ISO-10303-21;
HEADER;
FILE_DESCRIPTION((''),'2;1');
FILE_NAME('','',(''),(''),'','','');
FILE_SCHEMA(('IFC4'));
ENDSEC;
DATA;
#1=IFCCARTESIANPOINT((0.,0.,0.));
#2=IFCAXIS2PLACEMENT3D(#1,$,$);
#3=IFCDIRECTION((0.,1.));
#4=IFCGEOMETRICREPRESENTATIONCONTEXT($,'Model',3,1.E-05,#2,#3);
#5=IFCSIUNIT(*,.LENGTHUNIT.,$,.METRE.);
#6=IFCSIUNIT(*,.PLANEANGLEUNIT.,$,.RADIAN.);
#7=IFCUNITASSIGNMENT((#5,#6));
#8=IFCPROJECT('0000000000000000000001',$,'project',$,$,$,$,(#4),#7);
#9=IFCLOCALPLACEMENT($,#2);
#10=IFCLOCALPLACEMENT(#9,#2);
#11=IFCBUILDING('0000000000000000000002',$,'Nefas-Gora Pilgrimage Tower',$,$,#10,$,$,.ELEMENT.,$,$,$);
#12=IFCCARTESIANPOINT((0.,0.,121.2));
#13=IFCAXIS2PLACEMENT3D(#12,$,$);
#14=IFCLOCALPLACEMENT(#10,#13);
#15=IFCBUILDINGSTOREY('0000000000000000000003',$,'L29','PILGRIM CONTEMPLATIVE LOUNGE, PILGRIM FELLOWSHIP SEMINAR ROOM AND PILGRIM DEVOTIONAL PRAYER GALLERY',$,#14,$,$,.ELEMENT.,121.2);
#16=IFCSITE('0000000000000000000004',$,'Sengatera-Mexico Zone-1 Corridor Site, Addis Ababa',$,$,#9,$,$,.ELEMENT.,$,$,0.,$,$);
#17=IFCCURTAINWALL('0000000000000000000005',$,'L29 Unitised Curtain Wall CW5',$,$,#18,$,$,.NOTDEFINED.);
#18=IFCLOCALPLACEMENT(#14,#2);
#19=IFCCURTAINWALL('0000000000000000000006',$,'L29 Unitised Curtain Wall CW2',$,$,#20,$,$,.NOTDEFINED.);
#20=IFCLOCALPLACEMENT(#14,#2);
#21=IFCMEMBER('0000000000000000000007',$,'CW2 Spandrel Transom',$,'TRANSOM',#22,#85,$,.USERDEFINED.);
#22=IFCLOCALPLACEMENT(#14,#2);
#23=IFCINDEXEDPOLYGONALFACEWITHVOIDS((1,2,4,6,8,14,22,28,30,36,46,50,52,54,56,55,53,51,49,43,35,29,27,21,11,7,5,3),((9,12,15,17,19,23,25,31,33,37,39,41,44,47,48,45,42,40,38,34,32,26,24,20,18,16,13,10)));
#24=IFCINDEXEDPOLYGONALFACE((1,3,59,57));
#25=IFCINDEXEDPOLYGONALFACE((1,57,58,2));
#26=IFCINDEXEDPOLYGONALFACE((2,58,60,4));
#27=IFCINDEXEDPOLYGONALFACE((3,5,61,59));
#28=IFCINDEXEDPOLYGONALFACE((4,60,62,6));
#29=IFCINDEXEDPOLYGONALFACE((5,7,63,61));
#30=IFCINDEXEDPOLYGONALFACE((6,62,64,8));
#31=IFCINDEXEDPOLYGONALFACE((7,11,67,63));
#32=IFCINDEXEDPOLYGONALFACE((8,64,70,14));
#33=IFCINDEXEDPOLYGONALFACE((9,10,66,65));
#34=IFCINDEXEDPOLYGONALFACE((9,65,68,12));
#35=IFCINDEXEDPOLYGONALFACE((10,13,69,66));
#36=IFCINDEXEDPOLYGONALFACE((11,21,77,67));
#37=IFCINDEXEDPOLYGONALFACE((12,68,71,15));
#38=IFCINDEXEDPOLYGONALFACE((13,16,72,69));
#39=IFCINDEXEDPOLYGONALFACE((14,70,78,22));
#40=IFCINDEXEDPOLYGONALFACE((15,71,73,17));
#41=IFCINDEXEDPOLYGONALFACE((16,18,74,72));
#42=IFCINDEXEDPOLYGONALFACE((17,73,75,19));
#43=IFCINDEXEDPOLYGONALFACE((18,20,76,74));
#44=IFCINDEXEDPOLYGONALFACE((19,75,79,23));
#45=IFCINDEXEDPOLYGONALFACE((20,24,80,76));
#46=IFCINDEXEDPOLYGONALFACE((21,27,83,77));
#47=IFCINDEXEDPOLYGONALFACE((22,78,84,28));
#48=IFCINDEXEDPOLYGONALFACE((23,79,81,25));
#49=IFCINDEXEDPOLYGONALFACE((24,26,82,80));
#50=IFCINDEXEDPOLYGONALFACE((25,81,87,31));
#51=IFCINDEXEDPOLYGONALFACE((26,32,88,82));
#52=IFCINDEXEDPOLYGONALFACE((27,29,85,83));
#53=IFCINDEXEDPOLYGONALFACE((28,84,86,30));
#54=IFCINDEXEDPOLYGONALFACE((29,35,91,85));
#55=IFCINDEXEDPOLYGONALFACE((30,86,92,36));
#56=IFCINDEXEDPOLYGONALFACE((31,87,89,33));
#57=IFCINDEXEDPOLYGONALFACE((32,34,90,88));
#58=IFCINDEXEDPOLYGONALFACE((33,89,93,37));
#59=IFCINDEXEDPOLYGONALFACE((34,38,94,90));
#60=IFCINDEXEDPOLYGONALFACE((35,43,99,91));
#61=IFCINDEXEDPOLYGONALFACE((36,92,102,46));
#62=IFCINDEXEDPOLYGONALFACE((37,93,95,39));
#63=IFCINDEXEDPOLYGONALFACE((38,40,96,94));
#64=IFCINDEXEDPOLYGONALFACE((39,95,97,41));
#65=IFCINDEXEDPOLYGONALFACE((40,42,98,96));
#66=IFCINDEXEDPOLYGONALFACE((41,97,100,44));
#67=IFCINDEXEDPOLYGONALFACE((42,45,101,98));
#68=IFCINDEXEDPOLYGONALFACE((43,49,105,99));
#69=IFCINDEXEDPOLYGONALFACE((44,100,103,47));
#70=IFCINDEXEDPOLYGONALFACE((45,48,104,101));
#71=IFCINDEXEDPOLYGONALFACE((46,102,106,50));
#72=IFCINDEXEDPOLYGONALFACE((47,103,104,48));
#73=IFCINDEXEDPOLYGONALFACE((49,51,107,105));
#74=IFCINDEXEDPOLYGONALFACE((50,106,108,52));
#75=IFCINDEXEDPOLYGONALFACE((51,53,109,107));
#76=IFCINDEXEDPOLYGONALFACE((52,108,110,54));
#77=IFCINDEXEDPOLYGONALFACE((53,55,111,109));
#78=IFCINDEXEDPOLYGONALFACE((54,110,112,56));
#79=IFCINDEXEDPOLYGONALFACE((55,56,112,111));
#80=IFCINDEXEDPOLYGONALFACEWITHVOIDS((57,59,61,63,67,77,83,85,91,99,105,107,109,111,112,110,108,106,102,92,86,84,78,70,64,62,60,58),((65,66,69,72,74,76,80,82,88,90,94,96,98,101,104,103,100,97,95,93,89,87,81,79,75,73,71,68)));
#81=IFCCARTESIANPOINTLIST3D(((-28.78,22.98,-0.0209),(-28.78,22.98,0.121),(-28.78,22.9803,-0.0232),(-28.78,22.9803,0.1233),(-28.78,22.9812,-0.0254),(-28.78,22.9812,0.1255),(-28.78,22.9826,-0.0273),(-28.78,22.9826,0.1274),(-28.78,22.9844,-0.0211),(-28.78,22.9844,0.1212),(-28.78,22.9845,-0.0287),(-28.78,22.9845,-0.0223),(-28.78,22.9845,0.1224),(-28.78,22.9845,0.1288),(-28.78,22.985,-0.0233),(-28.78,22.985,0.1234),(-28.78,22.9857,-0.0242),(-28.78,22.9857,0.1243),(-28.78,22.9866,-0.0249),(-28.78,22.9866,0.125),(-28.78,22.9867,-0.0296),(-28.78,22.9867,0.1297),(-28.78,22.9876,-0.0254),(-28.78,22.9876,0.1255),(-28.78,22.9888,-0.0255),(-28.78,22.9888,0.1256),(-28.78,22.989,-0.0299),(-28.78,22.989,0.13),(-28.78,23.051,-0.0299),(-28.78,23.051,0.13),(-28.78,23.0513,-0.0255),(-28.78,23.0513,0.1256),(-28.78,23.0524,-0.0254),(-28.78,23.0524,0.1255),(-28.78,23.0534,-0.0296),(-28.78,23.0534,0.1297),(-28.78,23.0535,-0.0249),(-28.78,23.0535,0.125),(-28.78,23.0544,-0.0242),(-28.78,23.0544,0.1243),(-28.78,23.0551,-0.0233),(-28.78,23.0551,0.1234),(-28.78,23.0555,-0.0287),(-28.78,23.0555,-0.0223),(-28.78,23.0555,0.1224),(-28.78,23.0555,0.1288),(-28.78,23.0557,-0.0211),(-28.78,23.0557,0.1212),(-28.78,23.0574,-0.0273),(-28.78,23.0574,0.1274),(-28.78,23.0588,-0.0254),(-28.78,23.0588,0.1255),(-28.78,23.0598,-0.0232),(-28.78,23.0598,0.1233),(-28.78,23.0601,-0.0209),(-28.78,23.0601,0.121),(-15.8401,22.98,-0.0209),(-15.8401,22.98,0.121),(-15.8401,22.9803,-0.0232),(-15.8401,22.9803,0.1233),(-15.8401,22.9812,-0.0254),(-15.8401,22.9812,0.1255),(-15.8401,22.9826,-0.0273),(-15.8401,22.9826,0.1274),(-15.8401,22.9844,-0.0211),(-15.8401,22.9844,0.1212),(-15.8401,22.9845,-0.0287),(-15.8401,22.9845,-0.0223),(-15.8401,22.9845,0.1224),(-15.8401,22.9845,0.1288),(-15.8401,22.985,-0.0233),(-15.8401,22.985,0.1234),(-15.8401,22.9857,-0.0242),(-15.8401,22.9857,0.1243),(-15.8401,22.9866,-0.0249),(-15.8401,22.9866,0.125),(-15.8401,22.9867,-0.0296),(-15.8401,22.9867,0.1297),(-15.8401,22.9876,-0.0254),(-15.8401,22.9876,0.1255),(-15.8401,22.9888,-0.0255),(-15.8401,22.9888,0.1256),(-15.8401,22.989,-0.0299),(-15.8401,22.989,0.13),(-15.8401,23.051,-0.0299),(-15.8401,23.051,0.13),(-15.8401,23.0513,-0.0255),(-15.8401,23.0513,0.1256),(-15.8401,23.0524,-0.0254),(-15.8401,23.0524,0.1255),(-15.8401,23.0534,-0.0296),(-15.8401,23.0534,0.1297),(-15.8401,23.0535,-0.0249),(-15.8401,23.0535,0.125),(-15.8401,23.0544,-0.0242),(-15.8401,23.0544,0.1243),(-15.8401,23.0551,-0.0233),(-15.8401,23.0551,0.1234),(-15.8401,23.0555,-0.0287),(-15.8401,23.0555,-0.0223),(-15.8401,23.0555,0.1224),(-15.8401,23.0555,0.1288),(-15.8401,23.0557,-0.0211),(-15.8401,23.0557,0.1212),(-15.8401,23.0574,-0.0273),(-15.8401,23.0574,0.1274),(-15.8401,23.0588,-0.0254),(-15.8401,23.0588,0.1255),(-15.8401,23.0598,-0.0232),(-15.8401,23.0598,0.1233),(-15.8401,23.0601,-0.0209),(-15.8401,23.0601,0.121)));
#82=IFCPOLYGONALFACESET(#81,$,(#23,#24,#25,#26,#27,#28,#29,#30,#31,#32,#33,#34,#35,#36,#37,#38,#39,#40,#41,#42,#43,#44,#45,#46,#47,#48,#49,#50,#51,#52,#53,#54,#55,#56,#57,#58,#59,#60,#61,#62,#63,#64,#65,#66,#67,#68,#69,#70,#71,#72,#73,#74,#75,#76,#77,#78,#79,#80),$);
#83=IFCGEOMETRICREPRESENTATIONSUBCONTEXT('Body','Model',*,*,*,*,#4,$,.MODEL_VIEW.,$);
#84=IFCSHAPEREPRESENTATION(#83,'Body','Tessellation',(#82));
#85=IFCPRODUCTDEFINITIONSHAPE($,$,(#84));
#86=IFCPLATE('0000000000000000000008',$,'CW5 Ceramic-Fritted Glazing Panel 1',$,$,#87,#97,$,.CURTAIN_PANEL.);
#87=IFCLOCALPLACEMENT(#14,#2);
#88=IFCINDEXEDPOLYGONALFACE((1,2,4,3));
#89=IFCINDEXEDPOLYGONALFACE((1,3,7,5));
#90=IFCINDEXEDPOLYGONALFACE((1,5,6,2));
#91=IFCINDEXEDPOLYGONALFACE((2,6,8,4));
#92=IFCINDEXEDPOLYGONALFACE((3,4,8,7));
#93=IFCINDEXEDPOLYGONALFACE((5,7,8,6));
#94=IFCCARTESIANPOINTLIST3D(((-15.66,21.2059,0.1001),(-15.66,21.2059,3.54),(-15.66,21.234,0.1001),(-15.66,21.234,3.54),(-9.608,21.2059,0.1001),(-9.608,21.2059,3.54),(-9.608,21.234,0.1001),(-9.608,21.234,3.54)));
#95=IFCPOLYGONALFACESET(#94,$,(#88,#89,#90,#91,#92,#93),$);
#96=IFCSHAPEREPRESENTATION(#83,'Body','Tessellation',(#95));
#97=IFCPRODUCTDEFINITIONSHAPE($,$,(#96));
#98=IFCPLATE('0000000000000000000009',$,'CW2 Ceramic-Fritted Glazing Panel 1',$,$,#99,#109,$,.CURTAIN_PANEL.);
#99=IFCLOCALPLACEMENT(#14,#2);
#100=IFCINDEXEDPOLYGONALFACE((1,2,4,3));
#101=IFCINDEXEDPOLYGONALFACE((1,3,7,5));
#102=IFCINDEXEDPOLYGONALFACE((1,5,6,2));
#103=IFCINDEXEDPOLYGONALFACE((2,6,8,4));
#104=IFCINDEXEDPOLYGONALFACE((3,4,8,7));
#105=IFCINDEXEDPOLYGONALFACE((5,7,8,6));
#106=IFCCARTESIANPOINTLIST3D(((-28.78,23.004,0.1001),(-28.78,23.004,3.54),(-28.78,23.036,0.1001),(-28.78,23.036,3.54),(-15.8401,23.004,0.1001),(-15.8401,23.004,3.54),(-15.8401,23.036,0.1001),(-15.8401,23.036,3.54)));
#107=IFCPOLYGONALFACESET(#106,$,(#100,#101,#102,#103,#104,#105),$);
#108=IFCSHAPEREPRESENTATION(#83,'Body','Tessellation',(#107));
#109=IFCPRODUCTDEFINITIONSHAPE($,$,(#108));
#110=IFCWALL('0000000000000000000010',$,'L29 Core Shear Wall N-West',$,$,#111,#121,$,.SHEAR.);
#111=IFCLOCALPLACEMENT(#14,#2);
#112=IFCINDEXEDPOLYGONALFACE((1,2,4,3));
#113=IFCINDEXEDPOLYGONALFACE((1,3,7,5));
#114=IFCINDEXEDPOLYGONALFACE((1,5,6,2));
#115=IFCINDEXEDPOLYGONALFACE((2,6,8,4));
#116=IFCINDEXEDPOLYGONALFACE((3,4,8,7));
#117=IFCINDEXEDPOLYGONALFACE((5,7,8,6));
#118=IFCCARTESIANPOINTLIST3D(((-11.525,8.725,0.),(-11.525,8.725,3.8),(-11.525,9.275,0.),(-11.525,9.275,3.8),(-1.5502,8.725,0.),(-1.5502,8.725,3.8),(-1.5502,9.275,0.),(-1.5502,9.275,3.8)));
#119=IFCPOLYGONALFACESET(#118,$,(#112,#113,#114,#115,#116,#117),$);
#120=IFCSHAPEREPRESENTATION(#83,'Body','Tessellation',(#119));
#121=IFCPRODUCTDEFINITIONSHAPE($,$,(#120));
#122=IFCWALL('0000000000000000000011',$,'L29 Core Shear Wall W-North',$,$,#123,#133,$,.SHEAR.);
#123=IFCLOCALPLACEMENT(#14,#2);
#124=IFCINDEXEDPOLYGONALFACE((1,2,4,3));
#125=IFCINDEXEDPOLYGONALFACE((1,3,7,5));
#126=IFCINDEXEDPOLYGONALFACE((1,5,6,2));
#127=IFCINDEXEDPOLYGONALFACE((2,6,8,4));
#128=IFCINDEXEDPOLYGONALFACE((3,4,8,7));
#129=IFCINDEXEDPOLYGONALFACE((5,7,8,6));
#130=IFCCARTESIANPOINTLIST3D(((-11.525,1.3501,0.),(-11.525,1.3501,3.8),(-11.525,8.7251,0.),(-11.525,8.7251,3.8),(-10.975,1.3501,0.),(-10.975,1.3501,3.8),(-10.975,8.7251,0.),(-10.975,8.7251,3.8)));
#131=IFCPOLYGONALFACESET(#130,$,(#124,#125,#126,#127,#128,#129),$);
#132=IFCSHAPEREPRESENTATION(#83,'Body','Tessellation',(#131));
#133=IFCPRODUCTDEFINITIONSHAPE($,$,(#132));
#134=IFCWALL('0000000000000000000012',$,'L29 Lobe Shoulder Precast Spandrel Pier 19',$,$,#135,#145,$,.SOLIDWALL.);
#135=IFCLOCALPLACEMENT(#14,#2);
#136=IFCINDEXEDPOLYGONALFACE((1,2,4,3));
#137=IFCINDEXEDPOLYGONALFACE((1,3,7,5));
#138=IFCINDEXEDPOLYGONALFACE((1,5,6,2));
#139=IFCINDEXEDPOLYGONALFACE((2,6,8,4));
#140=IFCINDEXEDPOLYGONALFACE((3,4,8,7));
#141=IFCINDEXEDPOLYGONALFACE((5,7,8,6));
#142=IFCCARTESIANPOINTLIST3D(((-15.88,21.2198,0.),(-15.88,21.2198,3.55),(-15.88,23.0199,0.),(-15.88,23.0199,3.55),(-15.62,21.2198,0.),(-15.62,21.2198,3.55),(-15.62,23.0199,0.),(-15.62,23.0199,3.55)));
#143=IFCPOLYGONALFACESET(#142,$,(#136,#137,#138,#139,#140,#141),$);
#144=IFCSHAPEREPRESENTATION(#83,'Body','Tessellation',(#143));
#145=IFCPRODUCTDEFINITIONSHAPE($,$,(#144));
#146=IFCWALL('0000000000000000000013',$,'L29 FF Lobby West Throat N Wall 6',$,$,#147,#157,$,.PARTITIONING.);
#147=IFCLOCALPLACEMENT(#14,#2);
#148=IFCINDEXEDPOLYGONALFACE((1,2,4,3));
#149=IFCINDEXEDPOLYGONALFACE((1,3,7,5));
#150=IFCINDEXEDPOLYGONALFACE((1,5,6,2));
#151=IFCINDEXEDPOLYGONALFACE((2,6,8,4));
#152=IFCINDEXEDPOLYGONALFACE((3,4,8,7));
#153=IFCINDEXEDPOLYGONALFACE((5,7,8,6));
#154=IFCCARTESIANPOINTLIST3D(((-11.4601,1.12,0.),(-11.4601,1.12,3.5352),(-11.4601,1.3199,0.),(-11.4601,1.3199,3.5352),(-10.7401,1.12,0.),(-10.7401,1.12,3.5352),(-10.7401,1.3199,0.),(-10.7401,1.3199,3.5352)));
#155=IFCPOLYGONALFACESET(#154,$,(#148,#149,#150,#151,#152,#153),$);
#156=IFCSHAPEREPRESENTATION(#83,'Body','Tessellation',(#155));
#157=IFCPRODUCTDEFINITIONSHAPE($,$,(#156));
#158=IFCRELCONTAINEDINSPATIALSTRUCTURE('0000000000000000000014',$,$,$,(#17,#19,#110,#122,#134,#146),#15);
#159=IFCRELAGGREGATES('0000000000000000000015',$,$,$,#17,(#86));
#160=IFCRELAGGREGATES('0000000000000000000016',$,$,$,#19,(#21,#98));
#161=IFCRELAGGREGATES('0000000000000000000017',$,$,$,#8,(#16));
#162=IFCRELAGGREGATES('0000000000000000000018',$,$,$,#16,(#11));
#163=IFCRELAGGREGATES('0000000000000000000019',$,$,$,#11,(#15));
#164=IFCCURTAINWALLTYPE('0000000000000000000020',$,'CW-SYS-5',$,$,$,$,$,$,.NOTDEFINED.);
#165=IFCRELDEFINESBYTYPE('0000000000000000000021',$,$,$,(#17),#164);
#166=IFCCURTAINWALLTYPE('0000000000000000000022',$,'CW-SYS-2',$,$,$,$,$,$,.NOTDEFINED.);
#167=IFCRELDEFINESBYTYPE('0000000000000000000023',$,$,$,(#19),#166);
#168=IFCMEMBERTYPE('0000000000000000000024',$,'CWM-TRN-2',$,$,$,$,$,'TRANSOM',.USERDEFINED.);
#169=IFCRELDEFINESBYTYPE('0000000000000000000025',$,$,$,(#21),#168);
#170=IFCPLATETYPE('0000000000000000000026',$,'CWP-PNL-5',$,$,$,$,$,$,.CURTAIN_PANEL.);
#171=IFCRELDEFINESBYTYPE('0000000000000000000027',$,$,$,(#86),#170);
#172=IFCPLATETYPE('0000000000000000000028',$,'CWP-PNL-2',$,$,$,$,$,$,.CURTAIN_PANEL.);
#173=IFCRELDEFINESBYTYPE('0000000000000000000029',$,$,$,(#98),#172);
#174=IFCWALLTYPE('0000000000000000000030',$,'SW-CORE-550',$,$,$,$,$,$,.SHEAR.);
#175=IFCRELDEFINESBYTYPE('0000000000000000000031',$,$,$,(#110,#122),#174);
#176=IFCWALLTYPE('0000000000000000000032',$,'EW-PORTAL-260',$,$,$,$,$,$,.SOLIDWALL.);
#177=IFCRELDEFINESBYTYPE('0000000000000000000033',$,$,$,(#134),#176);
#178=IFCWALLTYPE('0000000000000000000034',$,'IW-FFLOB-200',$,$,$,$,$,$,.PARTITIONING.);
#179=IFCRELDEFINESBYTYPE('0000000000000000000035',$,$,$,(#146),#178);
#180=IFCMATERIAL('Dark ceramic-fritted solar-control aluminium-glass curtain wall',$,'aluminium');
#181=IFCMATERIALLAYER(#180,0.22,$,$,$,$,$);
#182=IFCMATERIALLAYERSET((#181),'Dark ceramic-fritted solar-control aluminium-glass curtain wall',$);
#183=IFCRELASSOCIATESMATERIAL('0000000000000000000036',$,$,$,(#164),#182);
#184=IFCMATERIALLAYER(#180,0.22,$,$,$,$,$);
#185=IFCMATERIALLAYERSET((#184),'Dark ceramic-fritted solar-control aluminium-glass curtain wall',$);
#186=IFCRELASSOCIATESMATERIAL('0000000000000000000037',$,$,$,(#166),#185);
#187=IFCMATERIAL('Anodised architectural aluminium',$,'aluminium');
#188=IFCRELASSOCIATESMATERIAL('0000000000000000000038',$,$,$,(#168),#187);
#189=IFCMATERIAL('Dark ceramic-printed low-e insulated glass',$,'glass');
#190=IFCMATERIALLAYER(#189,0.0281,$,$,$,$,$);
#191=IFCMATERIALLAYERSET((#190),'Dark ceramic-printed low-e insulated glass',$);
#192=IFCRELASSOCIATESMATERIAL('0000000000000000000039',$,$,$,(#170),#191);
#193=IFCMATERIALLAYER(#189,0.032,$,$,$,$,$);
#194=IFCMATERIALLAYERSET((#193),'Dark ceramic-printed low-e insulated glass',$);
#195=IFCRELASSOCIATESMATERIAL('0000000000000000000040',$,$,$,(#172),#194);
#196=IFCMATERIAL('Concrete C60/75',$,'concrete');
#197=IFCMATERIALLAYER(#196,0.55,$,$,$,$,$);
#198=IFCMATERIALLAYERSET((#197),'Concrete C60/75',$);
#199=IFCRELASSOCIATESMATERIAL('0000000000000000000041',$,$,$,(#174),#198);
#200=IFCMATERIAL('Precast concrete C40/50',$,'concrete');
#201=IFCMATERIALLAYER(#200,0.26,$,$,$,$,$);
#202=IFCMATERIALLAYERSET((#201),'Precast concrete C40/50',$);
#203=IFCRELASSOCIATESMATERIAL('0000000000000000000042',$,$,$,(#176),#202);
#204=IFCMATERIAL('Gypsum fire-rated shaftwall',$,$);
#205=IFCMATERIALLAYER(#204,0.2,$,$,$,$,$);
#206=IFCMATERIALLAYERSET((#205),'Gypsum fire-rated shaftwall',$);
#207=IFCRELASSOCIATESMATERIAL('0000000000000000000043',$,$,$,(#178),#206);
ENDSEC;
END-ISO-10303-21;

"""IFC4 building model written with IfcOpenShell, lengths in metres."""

from ifc_helpers import new_model, si_unit, direction, frame, frame_2d, origin, origin_2d, place, context, subcontext, project, spatial, rectangle, hollow_rectangle, extrude, source, transform, mapped, material, layer, layer_set, material_profile, profile_set, type_object, element, aggregate, save


model = new_model("IFC4")

# Units and contexts
model_context = context("Model", 3, precision=1e-05, world=origin(), true_north=direction((0.0, 1.0)))
body_context = subcontext(model_context, "Body", "Model", "MODEL_VIEW")
ifc_project = project(units=[si_unit("LENGTHUNIT", "METRE"), si_unit("PLANEANGLEUNIT", "RADIAN")], contexts=[model_context])

# Site, building, storey
site_placement = place(None, origin())
site = spatial("IfcSite", under=ifc_project, at=site_placement, Name="Sengatera-Mexico Zone-1 Corridor Site, Addis Ababa", CompositionType="ELEMENT", RefElevation=0.0)
building_placement = place(site_placement, origin())
building = spatial("IfcBuilding", under=site, at=building_placement, Name="Nefas-Gora Pilgrimage Tower", CompositionType="ELEMENT")
storey_placement = place(building_placement, frame((0.0, 0.0, 121.2)))
storey = spatial("IfcBuildingStorey", under=building, at=storey_placement, Name="L29", Description="PILGRIM CONTEMPLATIVE LOUNGE, PILGRIM FELLOWSHIP SEMINAR ROOM AND PILGRIM DEVOTIONAL PRAYER GALLERY", CompositionType="ELEMENT", Elevation=121.2)

# Curtain wall
ifc_material_1 = material(Name="Dark ceramic-fritted solar-control aluminium-glass curtain wall", Category="aluminium")
ifc_layer_1 = layer(ifc_material_1, 0.22)
ifc_layer_set_1 = layer_set([ifc_layer_1], Name="Dark ceramic-fritted solar-control aluminium-glass curtain wall")
curtain_wall_type_1 = type_object("IfcCurtainWallType", Name="CW-SYS-5", PredefinedType="NOTDEFINED", material=ifc_layer_set_1)
curtain_wall_1_placement = place(storey_placement, origin())
curtain_wall_1 = element("IfcCurtainWall", 1, at=curtain_wall_1_placement, inside=storey, type_object=curtain_wall_type_1, Name="L29 Unitised Curtain Wall CW5", PredefinedType="NOTDEFINED")
ifc_material_2 = material(Name="Anodised architectural aluminium", Category="aluminium")

# Curtain wall, member
ifc_layer_2 = layer(ifc_material_1, 0.22)
ifc_layer_set_2 = layer_set([ifc_layer_2], Name="Dark ceramic-fritted solar-control aluminium-glass curtain wall")
curtain_wall_type_2 = type_object("IfcCurtainWallType", Name="CW-SYS-2", PredefinedType="NOTDEFINED", material=ifc_layer_set_2)
curtain_wall_2_placement = place(storey_placement, origin())
curtain_wall_2 = element("IfcCurtainWall", 2, at=curtain_wall_2_placement, inside=storey, type_object=curtain_wall_type_2, Name="L29 Unitised Curtain Wall CW2", PredefinedType="NOTDEFINED")
ifc_material_profile_1 = material_profile(ifc_material_2, hollow_rectangle(XDim=0.0801, YDim=0.1599, WallThickness=0.0044, InnerFilletRadius=0.0044, OuterFilletRadius=0.009, at=origin_2d()), Name="ALU TRANSOM 80x160")
ifc_profile_set_1 = profile_set([ifc_material_profile_1], Name="Anodised architectural aluminium")
member_type_1 = type_object("IfcMemberType", Name="CWM-TRN-2", ElementType="TRANSOM", PredefinedType="USERDEFINED", material=ifc_profile_set_1)
shared_shape_1 = source(origin(), body_context, "Body", "SweptSolid", [
    extrude(hollow_rectangle(XDim=0.0801, YDim=0.1599, WallThickness=0.0044, InnerFilletRadius=0.0044, OuterFilletRadius=0.009, at=origin_2d()), origin(), (0.0, 0.0, 1.0), 12.9399),
])
member_1_placement = place(storey_placement, frame((-15.8401, 23.02, 0.05), z_axis=(-1.0, 0.0, 0.0), x_axis=(0.0, -1.0, 0.0)))
member_1 = element("IfcMember", 3, at=member_1_placement, type_object=member_type_1, Name="CW2 Spandrel Transom", ObjectType="TRANSOM", PredefinedType="USERDEFINED", context=body_context, shape_type="MappedRepresentation", body=[
    mapped(shared_shape_1, transform((0.0, 0.0, 0.0), x_axis=(1.0, 0.0, 0.0), y_axis=(0.0, 1.0, 0.0), z_axis=(0.0, 0.0, 1.0), scale=1.0)),
])

# Plates
ifc_material_3 = material(Name="Dark ceramic-printed low-e insulated glass", Category="glass")
ifc_layer_3 = layer(ifc_material_3, 0.0281)
ifc_layer_set_3 = layer_set([ifc_layer_3], Name="Dark ceramic-printed low-e insulated glass")
plate_type_1 = type_object("IfcPlateType", Name="CWP-PNL-5", PredefinedType="CURTAIN_PANEL", material=ifc_layer_set_3)
shared_shape_2 = source(origin(), body_context, "Body", "SweptSolid", [
    extrude(rectangle(XDim=6.052, YDim=0.0281, at=origin_2d()), origin(), (0.0, 0.0, 1.0), 3.4399),
])
plate_1_placement = place(storey_placement, frame((-12.634, 21.22, 0.1001), z_axis=(0.0, 0.0, 1.0), x_axis=(-1.0, 0.0, 0.0)))
plate_1 = element("IfcPlate", 4, at=plate_1_placement, type_object=plate_type_1, Name="CW5 Ceramic-Fritted Glazing Panel 1", PredefinedType="CURTAIN_PANEL", context=body_context, shape_type="MappedRepresentation", body=[
    mapped(shared_shape_2, transform((0.0, 0.0, 0.0), x_axis=(1.0, 0.0, 0.0), y_axis=(0.0, 1.0, 0.0), z_axis=(0.0, 0.0, 1.0), scale=1.0)),
])
aggregate(curtain_wall_1, [plate_1])
ifc_layer_4 = layer(ifc_material_3, 0.032)
ifc_layer_set_4 = layer_set([ifc_layer_4], Name="Dark ceramic-printed low-e insulated glass")
plate_type_2 = type_object("IfcPlateType", Name="CWP-PNL-2", PredefinedType="CURTAIN_PANEL", material=ifc_layer_set_4)
shared_shape_3 = source(origin(), body_context, "Body", "SweptSolid", [
    extrude(rectangle(XDim=12.9399, YDim=0.032, at=origin_2d()), origin(), (0.0, 0.0, 1.0), 3.4399),
])
plate_2_placement = place(storey_placement, frame((-22.3101, 23.02, 0.1001), z_axis=(0.0, 0.0, 1.0), x_axis=(-1.0, 0.0, 0.0)))
plate_2 = element("IfcPlate", 5, at=plate_2_placement, type_object=plate_type_2, Name="CW2 Ceramic-Fritted Glazing Panel 1", PredefinedType="CURTAIN_PANEL", context=body_context, shape_type="MappedRepresentation", body=[
    mapped(shared_shape_3, transform((0.0, 0.0, 0.0), x_axis=(1.0, 0.0, 0.0), y_axis=(0.0, 1.0, 0.0), z_axis=(0.0, 0.0, 1.0), scale=1.0)),
])
aggregate(curtain_wall_2, [member_1, plate_2])

# Walls
ifc_material_4 = material(Name="Concrete C60/75", Category="concrete")
ifc_layer_5 = layer(ifc_material_4, 0.55)
ifc_layer_set_5 = layer_set([ifc_layer_5], Name="Concrete C60/75")
wall_type_1 = type_object("IfcWallType", Name="SW-CORE-550", PredefinedType="SHEAR", material=ifc_layer_set_5)
shared_shape_4 = source(origin(), body_context, "Body", "SweptSolid", [
    extrude(rectangle(XDim=9.9749, YDim=0.55, at=frame_2d((4.9873, 0.0))), origin(), (0.0, 0.0, 1.0), 3.8),
])
wall_1_placement = place(storey_placement, frame((-11.5249, 9.0, 0.0), z_axis=(0.0, 0.0, 1.0), x_axis=(1.0, 0.0, 0.0)))
element("IfcWall", 6, at=wall_1_placement, inside=storey, type_object=wall_type_1, Name="L29 Core Shear Wall N-West", PredefinedType="SHEAR", context=body_context, shape_type="MappedRepresentation", body=[
    mapped(shared_shape_4, transform((0.0, 0.0, 0.0), x_axis=(1.0, 0.0, 0.0), y_axis=(0.0, 1.0, 0.0), z_axis=(0.0, 0.0, 1.0), scale=1.0)),
])
shared_shape_5 = source(origin(), body_context, "Body", "SweptSolid", [
    extrude(rectangle(XDim=7.375, YDim=0.55, at=frame_2d((3.6875, 0.0))), origin(), (0.0, 0.0, 1.0), 3.8),
])
wall_2_placement = place(storey_placement, frame((-11.25, 1.3501, 0.0), z_axis=(0.0, 0.0, 1.0), x_axis=(0.0, 1.0, 0.0)))
element("IfcWall", 7, at=wall_2_placement, inside=storey, type_object=wall_type_1, Name="L29 Core Shear Wall W-North", PredefinedType="SHEAR", context=body_context, shape_type="MappedRepresentation", body=[
    mapped(shared_shape_5, transform((0.0, 0.0, 0.0), x_axis=(1.0, 0.0, 0.0), y_axis=(0.0, 1.0, 0.0), z_axis=(0.0, 0.0, 1.0), scale=1.0)),
])
ifc_material_5 = material(Name="Precast concrete C40/50", Category="concrete")
ifc_layer_6 = layer(ifc_material_5, 0.26)
ifc_layer_set_6 = layer_set([ifc_layer_6], Name="Precast concrete C40/50")
wall_type_2 = type_object("IfcWallType", Name="EW-PORTAL-260", PredefinedType="SOLIDWALL", material=ifc_layer_set_6)
shared_shape_6 = source(origin(), body_context, "Body", "SweptSolid", [
    extrude(rectangle(XDim=1.8, YDim=0.26, at=frame_2d((0.8999, 0.0))), origin(), (0.0, 0.0, 1.0), 3.55),
])
wall_3_placement = place(storey_placement, frame((-15.75, 21.22, 0.0), z_axis=(0.0, 0.0, 1.0), x_axis=(0.0, 1.0, 0.0)))
element("IfcWall", 8, at=wall_3_placement, inside=storey, type_object=wall_type_2, Name="L29 Lobe Shoulder Precast Spandrel Pier 19", PredefinedType="SOLIDWALL", context=body_context, shape_type="MappedRepresentation", body=[
    mapped(shared_shape_6, transform((0.0, 0.0, 0.0), x_axis=(1.0, 0.0, 0.0), y_axis=(0.0, 1.0, 0.0), z_axis=(0.0, 0.0, 1.0), scale=1.0)),
])
ifc_material_6 = material(Name="Gypsum fire-rated shaftwall")
ifc_layer_7 = layer(ifc_material_6, 0.2)
ifc_layer_set_7 = layer_set([ifc_layer_7], Name="Gypsum fire-rated shaftwall")
wall_type_3 = type_object("IfcWallType", Name="IW-FFLOB-200", PredefinedType="PARTITIONING", material=ifc_layer_set_7)
shared_shape_7 = source(origin(), body_context, "Body", "SweptSolid", [
    extrude(rectangle(XDim=0.72, YDim=0.2, at=frame_2d((0.3599, 0.0))), origin(), (0.0, 0.0, 1.0), 3.5352),
])
wall_4_placement = place(storey_placement, frame((-11.46, 1.22, 0.0), z_axis=(0.0, 0.0, 1.0), x_axis=(1.0, 0.0, 0.0)))
element("IfcWall", 9, at=wall_4_placement, inside=storey, type_object=wall_type_3, Name="L29 FF Lobby West Throat N Wall 6", PredefinedType="PARTITIONING", context=body_context, shape_type="MappedRepresentation", body=[
    mapped(shared_shape_7, transform((0.0, 0.0, 0.0), x_axis=(1.0, 0.0, 0.0), y_axis=(0.0, 1.0, 0.0), z_axis=(0.0, 0.0, 1.0), scale=1.0)),
])

save(model, "model.ifc")
